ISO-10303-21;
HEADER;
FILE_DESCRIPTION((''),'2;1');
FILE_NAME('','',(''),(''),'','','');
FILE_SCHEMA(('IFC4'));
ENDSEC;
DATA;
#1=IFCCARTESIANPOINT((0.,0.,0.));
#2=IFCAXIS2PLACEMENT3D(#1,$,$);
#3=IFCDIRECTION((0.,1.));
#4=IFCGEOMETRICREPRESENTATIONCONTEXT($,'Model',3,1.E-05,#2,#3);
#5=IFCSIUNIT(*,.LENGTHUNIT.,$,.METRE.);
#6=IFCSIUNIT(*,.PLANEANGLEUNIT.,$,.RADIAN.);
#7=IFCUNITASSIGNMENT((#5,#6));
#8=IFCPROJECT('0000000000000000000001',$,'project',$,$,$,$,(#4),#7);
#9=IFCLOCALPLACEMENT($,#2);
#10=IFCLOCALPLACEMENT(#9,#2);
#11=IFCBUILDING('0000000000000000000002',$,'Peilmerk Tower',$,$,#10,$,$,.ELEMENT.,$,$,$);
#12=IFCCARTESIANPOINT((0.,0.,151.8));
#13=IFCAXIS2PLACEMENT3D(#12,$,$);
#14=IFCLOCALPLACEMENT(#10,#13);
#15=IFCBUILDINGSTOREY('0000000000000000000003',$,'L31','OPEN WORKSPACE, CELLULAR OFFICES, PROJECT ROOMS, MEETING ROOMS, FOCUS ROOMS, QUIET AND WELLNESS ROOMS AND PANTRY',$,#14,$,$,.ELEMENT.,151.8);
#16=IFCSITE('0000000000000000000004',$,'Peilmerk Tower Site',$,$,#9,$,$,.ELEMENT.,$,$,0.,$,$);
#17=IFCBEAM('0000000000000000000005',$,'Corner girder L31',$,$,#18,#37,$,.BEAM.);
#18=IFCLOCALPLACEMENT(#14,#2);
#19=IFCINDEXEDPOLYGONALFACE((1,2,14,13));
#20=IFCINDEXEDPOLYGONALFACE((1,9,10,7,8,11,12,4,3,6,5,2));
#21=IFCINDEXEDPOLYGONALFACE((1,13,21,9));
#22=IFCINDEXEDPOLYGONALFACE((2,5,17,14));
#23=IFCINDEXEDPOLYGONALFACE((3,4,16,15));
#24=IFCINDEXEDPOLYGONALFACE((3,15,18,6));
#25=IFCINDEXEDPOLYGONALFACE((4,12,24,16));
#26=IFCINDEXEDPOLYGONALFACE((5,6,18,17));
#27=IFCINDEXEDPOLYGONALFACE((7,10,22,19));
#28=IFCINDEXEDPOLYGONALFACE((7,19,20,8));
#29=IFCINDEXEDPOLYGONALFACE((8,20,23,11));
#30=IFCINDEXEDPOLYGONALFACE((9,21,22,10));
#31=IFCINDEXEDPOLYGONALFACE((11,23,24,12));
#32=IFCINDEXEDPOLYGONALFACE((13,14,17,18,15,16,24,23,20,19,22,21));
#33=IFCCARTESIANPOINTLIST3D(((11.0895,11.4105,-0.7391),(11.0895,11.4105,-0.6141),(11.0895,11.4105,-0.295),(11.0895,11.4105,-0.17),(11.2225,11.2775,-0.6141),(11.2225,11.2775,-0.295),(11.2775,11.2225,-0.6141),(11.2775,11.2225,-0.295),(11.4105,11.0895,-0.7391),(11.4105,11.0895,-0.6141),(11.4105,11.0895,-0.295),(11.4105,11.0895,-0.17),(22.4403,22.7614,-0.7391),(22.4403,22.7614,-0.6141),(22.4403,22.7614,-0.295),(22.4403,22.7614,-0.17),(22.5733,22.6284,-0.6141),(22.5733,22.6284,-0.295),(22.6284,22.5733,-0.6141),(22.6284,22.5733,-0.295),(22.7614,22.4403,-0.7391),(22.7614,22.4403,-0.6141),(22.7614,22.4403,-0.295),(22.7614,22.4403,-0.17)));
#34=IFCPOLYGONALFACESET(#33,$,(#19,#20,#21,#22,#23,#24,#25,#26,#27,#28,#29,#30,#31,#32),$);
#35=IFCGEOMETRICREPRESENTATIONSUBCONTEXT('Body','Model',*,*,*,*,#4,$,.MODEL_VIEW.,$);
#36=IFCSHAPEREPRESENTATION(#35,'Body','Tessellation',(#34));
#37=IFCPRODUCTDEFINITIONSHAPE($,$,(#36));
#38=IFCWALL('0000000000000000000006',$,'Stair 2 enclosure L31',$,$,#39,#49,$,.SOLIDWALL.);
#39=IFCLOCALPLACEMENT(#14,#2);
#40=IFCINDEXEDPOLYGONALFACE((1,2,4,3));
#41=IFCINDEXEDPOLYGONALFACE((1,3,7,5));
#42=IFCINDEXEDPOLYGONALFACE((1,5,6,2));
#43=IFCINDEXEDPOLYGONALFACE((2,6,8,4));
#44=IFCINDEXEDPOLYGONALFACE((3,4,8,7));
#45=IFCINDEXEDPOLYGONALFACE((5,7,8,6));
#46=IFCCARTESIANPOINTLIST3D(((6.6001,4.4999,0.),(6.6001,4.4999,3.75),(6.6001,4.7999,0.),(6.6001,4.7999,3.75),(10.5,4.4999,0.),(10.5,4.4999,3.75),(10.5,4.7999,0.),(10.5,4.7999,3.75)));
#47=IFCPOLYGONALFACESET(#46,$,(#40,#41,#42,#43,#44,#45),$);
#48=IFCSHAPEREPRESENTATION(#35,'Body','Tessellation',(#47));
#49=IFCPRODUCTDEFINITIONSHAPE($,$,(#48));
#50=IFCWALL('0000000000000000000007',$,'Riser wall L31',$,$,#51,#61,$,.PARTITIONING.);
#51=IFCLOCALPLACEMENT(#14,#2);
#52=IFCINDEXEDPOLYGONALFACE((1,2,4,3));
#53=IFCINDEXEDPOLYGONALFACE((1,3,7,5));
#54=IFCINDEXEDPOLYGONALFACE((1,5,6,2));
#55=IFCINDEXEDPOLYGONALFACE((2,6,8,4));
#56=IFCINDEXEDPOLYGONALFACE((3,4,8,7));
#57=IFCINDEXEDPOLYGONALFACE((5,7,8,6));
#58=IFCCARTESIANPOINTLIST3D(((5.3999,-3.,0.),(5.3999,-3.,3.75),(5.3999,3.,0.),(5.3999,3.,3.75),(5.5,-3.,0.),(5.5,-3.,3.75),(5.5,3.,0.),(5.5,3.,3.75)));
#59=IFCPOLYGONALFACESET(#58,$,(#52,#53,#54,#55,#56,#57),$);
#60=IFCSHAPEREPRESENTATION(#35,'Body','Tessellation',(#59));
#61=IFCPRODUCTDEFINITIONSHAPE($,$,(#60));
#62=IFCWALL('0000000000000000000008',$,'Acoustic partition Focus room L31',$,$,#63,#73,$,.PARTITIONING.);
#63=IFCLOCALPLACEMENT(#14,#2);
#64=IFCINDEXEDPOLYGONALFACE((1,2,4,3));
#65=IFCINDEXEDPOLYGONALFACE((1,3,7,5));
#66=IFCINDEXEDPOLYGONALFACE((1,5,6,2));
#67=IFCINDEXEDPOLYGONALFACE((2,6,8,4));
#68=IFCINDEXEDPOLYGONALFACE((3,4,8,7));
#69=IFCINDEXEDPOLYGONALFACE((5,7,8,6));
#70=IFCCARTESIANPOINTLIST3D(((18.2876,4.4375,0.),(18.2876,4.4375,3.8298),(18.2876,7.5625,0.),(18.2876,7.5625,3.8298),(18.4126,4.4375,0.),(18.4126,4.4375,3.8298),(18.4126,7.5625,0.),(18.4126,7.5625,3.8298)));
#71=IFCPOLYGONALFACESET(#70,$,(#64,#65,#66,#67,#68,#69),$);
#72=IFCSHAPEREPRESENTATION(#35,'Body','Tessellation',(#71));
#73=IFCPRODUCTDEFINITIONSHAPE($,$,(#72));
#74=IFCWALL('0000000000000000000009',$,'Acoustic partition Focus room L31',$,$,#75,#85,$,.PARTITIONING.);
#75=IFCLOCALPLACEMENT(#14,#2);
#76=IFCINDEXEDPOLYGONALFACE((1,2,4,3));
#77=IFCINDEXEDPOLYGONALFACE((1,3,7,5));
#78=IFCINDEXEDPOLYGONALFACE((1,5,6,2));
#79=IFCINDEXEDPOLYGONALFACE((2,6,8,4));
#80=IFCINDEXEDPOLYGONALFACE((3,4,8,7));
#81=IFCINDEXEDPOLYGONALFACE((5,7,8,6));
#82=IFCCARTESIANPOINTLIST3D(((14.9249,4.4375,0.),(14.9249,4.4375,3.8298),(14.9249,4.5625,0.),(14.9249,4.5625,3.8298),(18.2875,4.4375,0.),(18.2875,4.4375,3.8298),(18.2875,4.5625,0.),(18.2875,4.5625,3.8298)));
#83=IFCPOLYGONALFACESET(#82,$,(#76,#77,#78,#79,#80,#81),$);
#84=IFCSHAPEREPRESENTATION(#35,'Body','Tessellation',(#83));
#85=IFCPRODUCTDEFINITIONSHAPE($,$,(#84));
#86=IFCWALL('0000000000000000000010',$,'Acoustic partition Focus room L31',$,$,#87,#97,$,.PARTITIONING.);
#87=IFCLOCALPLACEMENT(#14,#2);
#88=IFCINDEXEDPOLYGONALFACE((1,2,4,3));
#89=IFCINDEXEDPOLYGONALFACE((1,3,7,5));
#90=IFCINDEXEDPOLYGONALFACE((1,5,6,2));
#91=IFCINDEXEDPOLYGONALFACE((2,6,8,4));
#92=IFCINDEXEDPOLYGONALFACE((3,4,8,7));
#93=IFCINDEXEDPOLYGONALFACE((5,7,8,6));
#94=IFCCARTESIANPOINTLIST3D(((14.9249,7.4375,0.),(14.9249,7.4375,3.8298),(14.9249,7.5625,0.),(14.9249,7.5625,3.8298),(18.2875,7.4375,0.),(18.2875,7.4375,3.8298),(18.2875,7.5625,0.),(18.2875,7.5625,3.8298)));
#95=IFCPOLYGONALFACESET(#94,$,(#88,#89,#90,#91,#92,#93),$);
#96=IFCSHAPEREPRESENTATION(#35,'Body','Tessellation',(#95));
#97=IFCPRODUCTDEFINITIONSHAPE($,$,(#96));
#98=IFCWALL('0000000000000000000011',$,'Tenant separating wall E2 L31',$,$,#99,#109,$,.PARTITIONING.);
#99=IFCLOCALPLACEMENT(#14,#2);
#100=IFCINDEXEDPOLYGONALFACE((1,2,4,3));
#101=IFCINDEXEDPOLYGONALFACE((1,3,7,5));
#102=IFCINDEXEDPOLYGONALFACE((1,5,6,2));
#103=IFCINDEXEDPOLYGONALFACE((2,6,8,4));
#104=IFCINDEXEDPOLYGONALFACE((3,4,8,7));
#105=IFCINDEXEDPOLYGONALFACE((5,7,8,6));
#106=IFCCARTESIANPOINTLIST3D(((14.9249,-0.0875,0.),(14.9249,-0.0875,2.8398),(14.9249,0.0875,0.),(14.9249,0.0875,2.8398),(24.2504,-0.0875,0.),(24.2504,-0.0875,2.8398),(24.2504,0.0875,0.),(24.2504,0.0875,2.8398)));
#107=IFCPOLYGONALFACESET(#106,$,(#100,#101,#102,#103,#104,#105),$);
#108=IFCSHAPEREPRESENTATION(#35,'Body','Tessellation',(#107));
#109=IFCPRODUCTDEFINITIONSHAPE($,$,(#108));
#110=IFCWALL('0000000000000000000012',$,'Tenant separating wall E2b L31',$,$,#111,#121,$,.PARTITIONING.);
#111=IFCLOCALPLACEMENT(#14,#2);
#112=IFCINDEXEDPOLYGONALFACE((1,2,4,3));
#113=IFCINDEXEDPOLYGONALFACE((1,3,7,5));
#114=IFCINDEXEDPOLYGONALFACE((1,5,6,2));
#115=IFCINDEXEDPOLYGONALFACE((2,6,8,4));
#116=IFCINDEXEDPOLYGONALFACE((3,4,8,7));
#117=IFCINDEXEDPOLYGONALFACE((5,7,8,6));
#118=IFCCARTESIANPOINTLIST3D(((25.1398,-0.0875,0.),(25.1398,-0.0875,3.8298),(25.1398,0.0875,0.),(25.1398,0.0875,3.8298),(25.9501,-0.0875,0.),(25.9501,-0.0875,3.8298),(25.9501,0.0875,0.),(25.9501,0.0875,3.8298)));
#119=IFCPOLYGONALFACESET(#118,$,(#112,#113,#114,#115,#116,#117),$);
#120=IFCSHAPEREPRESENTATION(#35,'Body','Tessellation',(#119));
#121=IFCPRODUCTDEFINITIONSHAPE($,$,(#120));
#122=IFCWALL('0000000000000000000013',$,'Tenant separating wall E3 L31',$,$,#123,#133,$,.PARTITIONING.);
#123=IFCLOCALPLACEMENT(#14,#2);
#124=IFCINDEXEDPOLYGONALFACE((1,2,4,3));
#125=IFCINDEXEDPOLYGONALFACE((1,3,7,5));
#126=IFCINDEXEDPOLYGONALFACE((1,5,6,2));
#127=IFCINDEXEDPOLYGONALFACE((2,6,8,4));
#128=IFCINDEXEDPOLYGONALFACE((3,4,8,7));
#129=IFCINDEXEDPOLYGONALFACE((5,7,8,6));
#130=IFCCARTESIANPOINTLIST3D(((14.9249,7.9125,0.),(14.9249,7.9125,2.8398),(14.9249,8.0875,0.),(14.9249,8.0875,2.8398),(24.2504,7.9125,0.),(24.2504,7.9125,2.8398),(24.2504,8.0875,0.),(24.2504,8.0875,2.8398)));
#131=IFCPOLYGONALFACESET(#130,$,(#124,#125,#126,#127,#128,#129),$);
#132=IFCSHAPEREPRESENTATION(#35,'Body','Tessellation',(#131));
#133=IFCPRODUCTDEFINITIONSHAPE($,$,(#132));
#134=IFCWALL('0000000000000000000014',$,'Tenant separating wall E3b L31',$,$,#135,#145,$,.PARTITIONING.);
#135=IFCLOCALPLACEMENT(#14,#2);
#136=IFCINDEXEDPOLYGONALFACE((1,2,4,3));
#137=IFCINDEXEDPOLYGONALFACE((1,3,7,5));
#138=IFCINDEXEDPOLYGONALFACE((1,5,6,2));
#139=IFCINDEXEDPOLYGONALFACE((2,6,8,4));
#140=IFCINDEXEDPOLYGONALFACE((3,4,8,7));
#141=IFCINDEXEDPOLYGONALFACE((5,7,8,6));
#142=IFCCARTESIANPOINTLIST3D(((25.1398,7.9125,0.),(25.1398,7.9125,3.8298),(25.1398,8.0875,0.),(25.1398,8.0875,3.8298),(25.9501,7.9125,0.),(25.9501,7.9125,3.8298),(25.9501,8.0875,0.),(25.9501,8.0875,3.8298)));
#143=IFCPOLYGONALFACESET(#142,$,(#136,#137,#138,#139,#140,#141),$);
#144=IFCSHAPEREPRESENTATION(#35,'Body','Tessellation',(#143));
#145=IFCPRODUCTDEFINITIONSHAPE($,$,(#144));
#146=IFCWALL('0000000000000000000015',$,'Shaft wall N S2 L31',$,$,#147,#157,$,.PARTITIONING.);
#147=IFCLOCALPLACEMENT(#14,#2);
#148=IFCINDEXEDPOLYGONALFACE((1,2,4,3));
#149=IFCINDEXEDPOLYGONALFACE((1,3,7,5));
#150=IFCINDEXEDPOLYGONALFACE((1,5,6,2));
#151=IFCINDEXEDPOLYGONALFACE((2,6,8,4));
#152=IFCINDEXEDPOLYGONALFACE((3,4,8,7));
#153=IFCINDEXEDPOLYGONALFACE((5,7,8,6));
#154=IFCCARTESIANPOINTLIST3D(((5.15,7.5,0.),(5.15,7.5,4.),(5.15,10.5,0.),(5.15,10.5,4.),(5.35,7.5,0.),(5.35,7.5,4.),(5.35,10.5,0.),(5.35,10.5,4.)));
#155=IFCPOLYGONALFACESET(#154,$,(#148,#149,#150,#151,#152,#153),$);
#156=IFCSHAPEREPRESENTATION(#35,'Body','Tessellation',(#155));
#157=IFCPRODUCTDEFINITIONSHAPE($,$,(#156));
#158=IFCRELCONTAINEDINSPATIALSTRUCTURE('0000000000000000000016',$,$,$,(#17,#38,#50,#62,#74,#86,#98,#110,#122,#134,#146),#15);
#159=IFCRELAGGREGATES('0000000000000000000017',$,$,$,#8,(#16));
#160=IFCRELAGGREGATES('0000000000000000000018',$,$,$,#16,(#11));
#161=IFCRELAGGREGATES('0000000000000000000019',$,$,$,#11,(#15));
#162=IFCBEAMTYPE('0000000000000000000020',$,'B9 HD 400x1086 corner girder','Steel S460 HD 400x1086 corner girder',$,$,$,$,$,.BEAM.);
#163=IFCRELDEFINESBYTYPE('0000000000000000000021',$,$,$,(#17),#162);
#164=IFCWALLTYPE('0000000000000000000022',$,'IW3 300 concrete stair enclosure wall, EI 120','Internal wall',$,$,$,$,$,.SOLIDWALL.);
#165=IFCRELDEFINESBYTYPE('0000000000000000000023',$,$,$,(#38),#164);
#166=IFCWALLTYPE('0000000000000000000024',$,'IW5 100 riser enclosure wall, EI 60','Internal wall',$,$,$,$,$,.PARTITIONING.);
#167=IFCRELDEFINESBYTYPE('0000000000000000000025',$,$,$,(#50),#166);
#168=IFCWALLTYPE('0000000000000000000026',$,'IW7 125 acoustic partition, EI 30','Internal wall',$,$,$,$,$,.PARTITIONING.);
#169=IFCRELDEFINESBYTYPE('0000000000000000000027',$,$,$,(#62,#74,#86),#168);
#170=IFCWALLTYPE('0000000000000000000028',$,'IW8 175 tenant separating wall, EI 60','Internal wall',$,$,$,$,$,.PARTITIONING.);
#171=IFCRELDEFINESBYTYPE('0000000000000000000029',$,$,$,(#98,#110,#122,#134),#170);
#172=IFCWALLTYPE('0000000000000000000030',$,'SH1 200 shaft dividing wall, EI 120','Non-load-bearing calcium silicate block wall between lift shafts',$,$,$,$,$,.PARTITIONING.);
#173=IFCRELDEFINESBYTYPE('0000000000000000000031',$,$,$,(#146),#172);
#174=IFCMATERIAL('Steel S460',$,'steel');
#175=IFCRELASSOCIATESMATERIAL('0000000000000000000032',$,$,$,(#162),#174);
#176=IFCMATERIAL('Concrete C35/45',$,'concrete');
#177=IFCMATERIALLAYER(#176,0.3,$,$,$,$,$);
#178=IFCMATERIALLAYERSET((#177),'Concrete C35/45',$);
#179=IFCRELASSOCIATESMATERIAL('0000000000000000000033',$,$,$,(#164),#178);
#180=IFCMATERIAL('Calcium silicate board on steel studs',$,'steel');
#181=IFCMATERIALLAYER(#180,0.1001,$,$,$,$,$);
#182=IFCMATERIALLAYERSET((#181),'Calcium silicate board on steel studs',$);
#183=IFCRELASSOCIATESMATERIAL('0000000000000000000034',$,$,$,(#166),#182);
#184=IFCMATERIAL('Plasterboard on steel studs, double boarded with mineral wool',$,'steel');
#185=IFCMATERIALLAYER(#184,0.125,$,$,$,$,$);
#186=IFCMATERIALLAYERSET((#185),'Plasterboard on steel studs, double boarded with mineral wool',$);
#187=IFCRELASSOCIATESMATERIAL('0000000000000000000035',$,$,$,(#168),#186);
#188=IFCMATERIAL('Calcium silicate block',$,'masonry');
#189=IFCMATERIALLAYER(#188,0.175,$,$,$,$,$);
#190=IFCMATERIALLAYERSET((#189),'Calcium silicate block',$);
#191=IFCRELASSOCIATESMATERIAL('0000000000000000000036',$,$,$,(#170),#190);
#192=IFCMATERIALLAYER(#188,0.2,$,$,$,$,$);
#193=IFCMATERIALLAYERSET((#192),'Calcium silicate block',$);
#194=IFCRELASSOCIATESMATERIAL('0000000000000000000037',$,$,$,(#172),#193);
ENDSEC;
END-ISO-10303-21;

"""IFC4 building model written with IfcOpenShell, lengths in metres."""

from ifc_helpers import new_model, si_unit, direction, frame, frame_2d, origin, origin_2d, place, context, subcontext, project, spatial, rectangle, i_section, extrude, material, layer, layer_set, material_profile, profile_set, type_object, element, save


model = new_model("IFC4")

# Units and contexts
model_context = context("Model", 3, precision=1e-05, world=origin(), true_north=direction((0.0, 1.0)))
body_context = subcontext(model_context, "Body", "Model", "MODEL_VIEW")
ifc_project = project(units=[si_unit("LENGTHUNIT", "METRE"), si_unit("PLANEANGLEUNIT", "RADIAN")], contexts=[model_context])

# Site, building, storey
site_placement = place(None, origin())
site = spatial("IfcSite", under=ifc_project, at=site_placement, Name="Peilmerk Tower Site", CompositionType="ELEMENT", RefElevation=0.0)
building_placement = place(site_placement, origin())
building = spatial("IfcBuilding", under=site, at=building_placement, Name="Peilmerk Tower", CompositionType="ELEMENT")
storey_placement = place(building_placement, frame((0.0, 0.0, 151.8)))
storey = spatial("IfcBuildingStorey", under=building, at=storey_placement, Name="L31", Description="OPEN WORKSPACE, CELLULAR OFFICES, PROJECT ROOMS, MEETING ROOMS, FOCUS ROOMS, QUIET AND WELLNESS ROOMS AND PANTRY", CompositionType="ELEMENT", Elevation=151.8)

# Shared definitions
ifc_material_1 = material(Name="Steel S460", Category="steel")

# Beam
ifc_material_profile_1 = material_profile(ifc_material_1, i_section(OverallWidth=0.4541, OverallDepth=0.5691, WebThickness=0.0779, FlangeThickness=0.125, at=origin_2d()), Name="HD 400x1086")
ifc_profile_set_1 = profile_set([ifc_material_profile_1], Name="Steel S460")
beam_type_1 = type_object("IfcBeamType", Name="B9 HD 400x1086 corner girder", Description="Steel S460 HD 400x1086 corner girder", PredefinedType="BEAM", material=ifc_profile_set_1)
beam_placement = place(storey_placement, frame((11.25, 11.25, -0.4546), z_axis=(0.707107, 0.707107, 0.0), x_axis=(-0.707107, 0.707107, 0.0)))
element("IfcBeam", 1, at=beam_placement, inside=storey, type_object=beam_type_1, Name="Corner girder L31", PredefinedType="BEAM", context=body_context, shape_type="SweptSolid", body=[
    extrude(i_section(OverallWidth=0.4541, OverallDepth=0.5691, WebThickness=0.0779, FlangeThickness=0.125, at=origin_2d()), origin(), (0.0, 0.0, 1.0), 16.0525),
])

# Walls
ifc_material_2 = material(Name="Concrete C35/45", Category="concrete")
ifc_layer_1 = layer(ifc_material_2, 0.3)
ifc_layer_set_1 = layer_set([ifc_layer_1], Name="Concrete C35/45")
wall_type_1 = type_object("IfcWallType", Name="IW3 300 concrete stair enclosure wall, EI 120", Description="Internal wall", PredefinedType="SOLIDWALL", material=ifc_layer_set_1)
wall_1_placement = place(storey_placement, frame((6.6001, 4.6499, 0.0), z_axis=(0.0, 0.0, 1.0), x_axis=(1.0, 0.0, 0.0)))
element("IfcWall", 2, at=wall_1_placement, inside=storey, type_object=wall_type_1, Name="Stair 2 enclosure L31", PredefinedType="SOLIDWALL", context=body_context, shape_type="SweptSolid", body=[
    extrude(rectangle(XDim=3.8999, YDim=0.3, at=frame_2d((1.95, 0.0))), origin(), (0.0, 0.0, 1.0), 3.75),
])
ifc_material_3 = material(Name="Calcium silicate board on steel studs", Category="steel")
ifc_layer_2 = layer(ifc_material_3, 0.1001)
ifc_layer_set_2 = layer_set([ifc_layer_2], Name="Calcium silicate board on steel studs")
wall_type_2 = type_object("IfcWallType", Name="IW5 100 riser enclosure wall, EI 60", Description="Internal wall", PredefinedType="PARTITIONING", material=ifc_layer_set_2)
wall_2_placement = place(storey_placement, frame((5.45, 3.0, 0.0), z_axis=(0.0, 0.0, 1.0), x_axis=(0.0, -1.0, 0.0)))
element("IfcWall", 3, at=wall_2_placement, inside=storey, type_object=wall_type_2, Name="Riser wall L31", PredefinedType="PARTITIONING", context=body_context, shape_type="SweptSolid", body=[
    extrude(rectangle(XDim=6.0, YDim=0.1001, at=frame_2d((3.0, 0.0))), origin(), (0.0, 0.0, 1.0), 3.75),
])
ifc_material_4 = material(Name="Plasterboard on steel studs, double boarded with mineral wool", Category="steel")
ifc_layer_3 = layer(ifc_material_4, 0.125)
ifc_layer_set_3 = layer_set([ifc_layer_3], Name="Plasterboard on steel studs, double boarded with mineral wool")
wall_type_3 = type_object("IfcWallType", Name="IW7 125 acoustic partition, EI 30", Description="Internal wall", PredefinedType="PARTITIONING", material=ifc_layer_set_3)
wall_3_placement = place(storey_placement, frame((18.3501, 4.4375, 0.0), z_axis=(0.0, 0.0, 1.0), x_axis=(0.0, 1.0, 0.0)))
element("IfcWall", 4, at=wall_3_placement, inside=storey, type_object=wall_type_3, Name="Acoustic partition Focus room L31", PredefinedType="PARTITIONING", context=body_context, shape_type="SweptSolid", body=[
    extrude(rectangle(XDim=3.125, YDim=0.125, at=frame_2d((1.5625, 0.0))), origin(), (0.0, 0.0, 1.0), 3.8298),
])
for number, where, z_axis, x_axis, name in (
    (5, (14.925, 4.5, 0.0), (0.0, 0.0, 1.0), (1.0, 0.0, 0.0), "Acoustic partition Focus room L31"),
    (6, (14.925, 7.5, 0.0), (0.0, 0.0, 1.0), (1.0, 0.0, 0.0), "Acoustic partition Focus room L31"),
):
    element("IfcWall", number, at=place(storey_placement, frame(where, z_axis=z_axis, x_axis=x_axis)), inside=storey, type_object=wall_type_3, Name=name, PredefinedType="PARTITIONING", context=body_context, shape_type="SweptSolid", body=[
        extrude(rectangle(XDim=3.3625, YDim=0.125, at=frame_2d((1.6812, 0.0))), origin(), (0.0, 0.0, 1.0), 3.8298),
    ])
ifc_material_5 = material(Name="Calcium silicate block", Category="masonry")
ifc_layer_4 = layer(ifc_material_5, 0.175)
ifc_layer_set_4 = layer_set([ifc_layer_4], Name="Calcium silicate block")
wall_type_4 = type_object("IfcWallType", Name="IW8 175 tenant separating wall, EI 60", Description="Internal wall", PredefinedType="PARTITIONING", material=ifc_layer_set_4)
wall_4_placement = place(storey_placement, frame((14.925, 0.0, 0.0), z_axis=(0.0, 0.0, 1.0), x_axis=(1.0, 0.0, 0.0)))
element("IfcWall", 7, at=wall_4_placement, inside=storey, type_object=wall_type_4, Name="Tenant separating wall E2 L31", PredefinedType="PARTITIONING", context=body_context, shape_type="SweptSolid", body=[
    extrude(rectangle(XDim=9.3254, YDim=0.175, at=frame_2d((4.6626, 0.0))), origin(), (0.0, 0.0, 1.0), 2.8398),
])
wall_5_placement = place(storey_placement, frame((25.1396, 0.0, 0.0), z_axis=(0.0, 0.0, 1.0), x_axis=(1.0, 0.0, 0.0)))
element("IfcWall", 8, at=wall_5_placement, inside=storey, type_object=wall_type_4, Name="Tenant separating wall E2b L31", PredefinedType="PARTITIONING", context=body_context, shape_type="SweptSolid", body=[
    extrude(rectangle(XDim=0.8103, YDim=0.175, at=frame_2d((0.4053, 0.0))), origin(), (0.0, 0.0, 1.0), 3.8298),
])
wall_6_placement = place(storey_placement, frame((14.925, 8.0, 0.0), z_axis=(0.0, 0.0, 1.0), x_axis=(1.0, 0.0, 0.0)))
element("IfcWall", 9, at=wall_6_placement, inside=storey, type_object=wall_type_4, Name="Tenant separating wall E3 L31", PredefinedType="PARTITIONING", context=body_context, shape_type="SweptSolid", body=[
    extrude(rectangle(XDim=9.3254, YDim=0.175, at=frame_2d((4.6626, 0.0))), origin(), (0.0, 0.0, 1.0), 2.8398),
])
wall_7_placement = place(storey_placement, frame((25.1396, 8.0, 0.0), z_axis=(0.0, 0.0, 1.0), x_axis=(1.0, 0.0, 0.0)))
element("IfcWall", 10, at=wall_7_placement, inside=storey, type_object=wall_type_4, Name="Tenant separating wall E3b L31", PredefinedType="PARTITIONING", context=body_context, shape_type="SweptSolid", body=[
    extrude(rectangle(XDim=0.8103, YDim=0.175, at=frame_2d((0.4053, 0.0))), origin(), (0.0, 0.0, 1.0), 3.8298),
])
ifc_layer_5 = layer(ifc_material_5, 0.2)
ifc_layer_set_5 = layer_set([ifc_layer_5], Name="Calcium silicate block")
wall_type_5 = type_object("IfcWallType", Name="SH1 200 shaft dividing wall, EI 120", Description="Non-load-bearing calcium silicate block wall between lift shafts", PredefinedType="PARTITIONING", material=ifc_layer_set_5)
wall_8_placement = place(storey_placement, frame((5.25, 7.5, 0.0), z_axis=(0.0, 0.0, 1.0), x_axis=(0.0, 1.0, 0.0)))
element("IfcWall", 11, at=wall_8_placement, inside=storey, type_object=wall_type_5, Name="Shaft wall N S2 L31", PredefinedType="PARTITIONING", context=body_context, shape_type="SweptSolid", body=[
    extrude(rectangle(XDim=3.0, YDim=0.2, at=frame_2d((1.5, 0.0))), origin(), (0.0, 0.0, 1.0), 4.0),
])

save(model, "model.ifc")
